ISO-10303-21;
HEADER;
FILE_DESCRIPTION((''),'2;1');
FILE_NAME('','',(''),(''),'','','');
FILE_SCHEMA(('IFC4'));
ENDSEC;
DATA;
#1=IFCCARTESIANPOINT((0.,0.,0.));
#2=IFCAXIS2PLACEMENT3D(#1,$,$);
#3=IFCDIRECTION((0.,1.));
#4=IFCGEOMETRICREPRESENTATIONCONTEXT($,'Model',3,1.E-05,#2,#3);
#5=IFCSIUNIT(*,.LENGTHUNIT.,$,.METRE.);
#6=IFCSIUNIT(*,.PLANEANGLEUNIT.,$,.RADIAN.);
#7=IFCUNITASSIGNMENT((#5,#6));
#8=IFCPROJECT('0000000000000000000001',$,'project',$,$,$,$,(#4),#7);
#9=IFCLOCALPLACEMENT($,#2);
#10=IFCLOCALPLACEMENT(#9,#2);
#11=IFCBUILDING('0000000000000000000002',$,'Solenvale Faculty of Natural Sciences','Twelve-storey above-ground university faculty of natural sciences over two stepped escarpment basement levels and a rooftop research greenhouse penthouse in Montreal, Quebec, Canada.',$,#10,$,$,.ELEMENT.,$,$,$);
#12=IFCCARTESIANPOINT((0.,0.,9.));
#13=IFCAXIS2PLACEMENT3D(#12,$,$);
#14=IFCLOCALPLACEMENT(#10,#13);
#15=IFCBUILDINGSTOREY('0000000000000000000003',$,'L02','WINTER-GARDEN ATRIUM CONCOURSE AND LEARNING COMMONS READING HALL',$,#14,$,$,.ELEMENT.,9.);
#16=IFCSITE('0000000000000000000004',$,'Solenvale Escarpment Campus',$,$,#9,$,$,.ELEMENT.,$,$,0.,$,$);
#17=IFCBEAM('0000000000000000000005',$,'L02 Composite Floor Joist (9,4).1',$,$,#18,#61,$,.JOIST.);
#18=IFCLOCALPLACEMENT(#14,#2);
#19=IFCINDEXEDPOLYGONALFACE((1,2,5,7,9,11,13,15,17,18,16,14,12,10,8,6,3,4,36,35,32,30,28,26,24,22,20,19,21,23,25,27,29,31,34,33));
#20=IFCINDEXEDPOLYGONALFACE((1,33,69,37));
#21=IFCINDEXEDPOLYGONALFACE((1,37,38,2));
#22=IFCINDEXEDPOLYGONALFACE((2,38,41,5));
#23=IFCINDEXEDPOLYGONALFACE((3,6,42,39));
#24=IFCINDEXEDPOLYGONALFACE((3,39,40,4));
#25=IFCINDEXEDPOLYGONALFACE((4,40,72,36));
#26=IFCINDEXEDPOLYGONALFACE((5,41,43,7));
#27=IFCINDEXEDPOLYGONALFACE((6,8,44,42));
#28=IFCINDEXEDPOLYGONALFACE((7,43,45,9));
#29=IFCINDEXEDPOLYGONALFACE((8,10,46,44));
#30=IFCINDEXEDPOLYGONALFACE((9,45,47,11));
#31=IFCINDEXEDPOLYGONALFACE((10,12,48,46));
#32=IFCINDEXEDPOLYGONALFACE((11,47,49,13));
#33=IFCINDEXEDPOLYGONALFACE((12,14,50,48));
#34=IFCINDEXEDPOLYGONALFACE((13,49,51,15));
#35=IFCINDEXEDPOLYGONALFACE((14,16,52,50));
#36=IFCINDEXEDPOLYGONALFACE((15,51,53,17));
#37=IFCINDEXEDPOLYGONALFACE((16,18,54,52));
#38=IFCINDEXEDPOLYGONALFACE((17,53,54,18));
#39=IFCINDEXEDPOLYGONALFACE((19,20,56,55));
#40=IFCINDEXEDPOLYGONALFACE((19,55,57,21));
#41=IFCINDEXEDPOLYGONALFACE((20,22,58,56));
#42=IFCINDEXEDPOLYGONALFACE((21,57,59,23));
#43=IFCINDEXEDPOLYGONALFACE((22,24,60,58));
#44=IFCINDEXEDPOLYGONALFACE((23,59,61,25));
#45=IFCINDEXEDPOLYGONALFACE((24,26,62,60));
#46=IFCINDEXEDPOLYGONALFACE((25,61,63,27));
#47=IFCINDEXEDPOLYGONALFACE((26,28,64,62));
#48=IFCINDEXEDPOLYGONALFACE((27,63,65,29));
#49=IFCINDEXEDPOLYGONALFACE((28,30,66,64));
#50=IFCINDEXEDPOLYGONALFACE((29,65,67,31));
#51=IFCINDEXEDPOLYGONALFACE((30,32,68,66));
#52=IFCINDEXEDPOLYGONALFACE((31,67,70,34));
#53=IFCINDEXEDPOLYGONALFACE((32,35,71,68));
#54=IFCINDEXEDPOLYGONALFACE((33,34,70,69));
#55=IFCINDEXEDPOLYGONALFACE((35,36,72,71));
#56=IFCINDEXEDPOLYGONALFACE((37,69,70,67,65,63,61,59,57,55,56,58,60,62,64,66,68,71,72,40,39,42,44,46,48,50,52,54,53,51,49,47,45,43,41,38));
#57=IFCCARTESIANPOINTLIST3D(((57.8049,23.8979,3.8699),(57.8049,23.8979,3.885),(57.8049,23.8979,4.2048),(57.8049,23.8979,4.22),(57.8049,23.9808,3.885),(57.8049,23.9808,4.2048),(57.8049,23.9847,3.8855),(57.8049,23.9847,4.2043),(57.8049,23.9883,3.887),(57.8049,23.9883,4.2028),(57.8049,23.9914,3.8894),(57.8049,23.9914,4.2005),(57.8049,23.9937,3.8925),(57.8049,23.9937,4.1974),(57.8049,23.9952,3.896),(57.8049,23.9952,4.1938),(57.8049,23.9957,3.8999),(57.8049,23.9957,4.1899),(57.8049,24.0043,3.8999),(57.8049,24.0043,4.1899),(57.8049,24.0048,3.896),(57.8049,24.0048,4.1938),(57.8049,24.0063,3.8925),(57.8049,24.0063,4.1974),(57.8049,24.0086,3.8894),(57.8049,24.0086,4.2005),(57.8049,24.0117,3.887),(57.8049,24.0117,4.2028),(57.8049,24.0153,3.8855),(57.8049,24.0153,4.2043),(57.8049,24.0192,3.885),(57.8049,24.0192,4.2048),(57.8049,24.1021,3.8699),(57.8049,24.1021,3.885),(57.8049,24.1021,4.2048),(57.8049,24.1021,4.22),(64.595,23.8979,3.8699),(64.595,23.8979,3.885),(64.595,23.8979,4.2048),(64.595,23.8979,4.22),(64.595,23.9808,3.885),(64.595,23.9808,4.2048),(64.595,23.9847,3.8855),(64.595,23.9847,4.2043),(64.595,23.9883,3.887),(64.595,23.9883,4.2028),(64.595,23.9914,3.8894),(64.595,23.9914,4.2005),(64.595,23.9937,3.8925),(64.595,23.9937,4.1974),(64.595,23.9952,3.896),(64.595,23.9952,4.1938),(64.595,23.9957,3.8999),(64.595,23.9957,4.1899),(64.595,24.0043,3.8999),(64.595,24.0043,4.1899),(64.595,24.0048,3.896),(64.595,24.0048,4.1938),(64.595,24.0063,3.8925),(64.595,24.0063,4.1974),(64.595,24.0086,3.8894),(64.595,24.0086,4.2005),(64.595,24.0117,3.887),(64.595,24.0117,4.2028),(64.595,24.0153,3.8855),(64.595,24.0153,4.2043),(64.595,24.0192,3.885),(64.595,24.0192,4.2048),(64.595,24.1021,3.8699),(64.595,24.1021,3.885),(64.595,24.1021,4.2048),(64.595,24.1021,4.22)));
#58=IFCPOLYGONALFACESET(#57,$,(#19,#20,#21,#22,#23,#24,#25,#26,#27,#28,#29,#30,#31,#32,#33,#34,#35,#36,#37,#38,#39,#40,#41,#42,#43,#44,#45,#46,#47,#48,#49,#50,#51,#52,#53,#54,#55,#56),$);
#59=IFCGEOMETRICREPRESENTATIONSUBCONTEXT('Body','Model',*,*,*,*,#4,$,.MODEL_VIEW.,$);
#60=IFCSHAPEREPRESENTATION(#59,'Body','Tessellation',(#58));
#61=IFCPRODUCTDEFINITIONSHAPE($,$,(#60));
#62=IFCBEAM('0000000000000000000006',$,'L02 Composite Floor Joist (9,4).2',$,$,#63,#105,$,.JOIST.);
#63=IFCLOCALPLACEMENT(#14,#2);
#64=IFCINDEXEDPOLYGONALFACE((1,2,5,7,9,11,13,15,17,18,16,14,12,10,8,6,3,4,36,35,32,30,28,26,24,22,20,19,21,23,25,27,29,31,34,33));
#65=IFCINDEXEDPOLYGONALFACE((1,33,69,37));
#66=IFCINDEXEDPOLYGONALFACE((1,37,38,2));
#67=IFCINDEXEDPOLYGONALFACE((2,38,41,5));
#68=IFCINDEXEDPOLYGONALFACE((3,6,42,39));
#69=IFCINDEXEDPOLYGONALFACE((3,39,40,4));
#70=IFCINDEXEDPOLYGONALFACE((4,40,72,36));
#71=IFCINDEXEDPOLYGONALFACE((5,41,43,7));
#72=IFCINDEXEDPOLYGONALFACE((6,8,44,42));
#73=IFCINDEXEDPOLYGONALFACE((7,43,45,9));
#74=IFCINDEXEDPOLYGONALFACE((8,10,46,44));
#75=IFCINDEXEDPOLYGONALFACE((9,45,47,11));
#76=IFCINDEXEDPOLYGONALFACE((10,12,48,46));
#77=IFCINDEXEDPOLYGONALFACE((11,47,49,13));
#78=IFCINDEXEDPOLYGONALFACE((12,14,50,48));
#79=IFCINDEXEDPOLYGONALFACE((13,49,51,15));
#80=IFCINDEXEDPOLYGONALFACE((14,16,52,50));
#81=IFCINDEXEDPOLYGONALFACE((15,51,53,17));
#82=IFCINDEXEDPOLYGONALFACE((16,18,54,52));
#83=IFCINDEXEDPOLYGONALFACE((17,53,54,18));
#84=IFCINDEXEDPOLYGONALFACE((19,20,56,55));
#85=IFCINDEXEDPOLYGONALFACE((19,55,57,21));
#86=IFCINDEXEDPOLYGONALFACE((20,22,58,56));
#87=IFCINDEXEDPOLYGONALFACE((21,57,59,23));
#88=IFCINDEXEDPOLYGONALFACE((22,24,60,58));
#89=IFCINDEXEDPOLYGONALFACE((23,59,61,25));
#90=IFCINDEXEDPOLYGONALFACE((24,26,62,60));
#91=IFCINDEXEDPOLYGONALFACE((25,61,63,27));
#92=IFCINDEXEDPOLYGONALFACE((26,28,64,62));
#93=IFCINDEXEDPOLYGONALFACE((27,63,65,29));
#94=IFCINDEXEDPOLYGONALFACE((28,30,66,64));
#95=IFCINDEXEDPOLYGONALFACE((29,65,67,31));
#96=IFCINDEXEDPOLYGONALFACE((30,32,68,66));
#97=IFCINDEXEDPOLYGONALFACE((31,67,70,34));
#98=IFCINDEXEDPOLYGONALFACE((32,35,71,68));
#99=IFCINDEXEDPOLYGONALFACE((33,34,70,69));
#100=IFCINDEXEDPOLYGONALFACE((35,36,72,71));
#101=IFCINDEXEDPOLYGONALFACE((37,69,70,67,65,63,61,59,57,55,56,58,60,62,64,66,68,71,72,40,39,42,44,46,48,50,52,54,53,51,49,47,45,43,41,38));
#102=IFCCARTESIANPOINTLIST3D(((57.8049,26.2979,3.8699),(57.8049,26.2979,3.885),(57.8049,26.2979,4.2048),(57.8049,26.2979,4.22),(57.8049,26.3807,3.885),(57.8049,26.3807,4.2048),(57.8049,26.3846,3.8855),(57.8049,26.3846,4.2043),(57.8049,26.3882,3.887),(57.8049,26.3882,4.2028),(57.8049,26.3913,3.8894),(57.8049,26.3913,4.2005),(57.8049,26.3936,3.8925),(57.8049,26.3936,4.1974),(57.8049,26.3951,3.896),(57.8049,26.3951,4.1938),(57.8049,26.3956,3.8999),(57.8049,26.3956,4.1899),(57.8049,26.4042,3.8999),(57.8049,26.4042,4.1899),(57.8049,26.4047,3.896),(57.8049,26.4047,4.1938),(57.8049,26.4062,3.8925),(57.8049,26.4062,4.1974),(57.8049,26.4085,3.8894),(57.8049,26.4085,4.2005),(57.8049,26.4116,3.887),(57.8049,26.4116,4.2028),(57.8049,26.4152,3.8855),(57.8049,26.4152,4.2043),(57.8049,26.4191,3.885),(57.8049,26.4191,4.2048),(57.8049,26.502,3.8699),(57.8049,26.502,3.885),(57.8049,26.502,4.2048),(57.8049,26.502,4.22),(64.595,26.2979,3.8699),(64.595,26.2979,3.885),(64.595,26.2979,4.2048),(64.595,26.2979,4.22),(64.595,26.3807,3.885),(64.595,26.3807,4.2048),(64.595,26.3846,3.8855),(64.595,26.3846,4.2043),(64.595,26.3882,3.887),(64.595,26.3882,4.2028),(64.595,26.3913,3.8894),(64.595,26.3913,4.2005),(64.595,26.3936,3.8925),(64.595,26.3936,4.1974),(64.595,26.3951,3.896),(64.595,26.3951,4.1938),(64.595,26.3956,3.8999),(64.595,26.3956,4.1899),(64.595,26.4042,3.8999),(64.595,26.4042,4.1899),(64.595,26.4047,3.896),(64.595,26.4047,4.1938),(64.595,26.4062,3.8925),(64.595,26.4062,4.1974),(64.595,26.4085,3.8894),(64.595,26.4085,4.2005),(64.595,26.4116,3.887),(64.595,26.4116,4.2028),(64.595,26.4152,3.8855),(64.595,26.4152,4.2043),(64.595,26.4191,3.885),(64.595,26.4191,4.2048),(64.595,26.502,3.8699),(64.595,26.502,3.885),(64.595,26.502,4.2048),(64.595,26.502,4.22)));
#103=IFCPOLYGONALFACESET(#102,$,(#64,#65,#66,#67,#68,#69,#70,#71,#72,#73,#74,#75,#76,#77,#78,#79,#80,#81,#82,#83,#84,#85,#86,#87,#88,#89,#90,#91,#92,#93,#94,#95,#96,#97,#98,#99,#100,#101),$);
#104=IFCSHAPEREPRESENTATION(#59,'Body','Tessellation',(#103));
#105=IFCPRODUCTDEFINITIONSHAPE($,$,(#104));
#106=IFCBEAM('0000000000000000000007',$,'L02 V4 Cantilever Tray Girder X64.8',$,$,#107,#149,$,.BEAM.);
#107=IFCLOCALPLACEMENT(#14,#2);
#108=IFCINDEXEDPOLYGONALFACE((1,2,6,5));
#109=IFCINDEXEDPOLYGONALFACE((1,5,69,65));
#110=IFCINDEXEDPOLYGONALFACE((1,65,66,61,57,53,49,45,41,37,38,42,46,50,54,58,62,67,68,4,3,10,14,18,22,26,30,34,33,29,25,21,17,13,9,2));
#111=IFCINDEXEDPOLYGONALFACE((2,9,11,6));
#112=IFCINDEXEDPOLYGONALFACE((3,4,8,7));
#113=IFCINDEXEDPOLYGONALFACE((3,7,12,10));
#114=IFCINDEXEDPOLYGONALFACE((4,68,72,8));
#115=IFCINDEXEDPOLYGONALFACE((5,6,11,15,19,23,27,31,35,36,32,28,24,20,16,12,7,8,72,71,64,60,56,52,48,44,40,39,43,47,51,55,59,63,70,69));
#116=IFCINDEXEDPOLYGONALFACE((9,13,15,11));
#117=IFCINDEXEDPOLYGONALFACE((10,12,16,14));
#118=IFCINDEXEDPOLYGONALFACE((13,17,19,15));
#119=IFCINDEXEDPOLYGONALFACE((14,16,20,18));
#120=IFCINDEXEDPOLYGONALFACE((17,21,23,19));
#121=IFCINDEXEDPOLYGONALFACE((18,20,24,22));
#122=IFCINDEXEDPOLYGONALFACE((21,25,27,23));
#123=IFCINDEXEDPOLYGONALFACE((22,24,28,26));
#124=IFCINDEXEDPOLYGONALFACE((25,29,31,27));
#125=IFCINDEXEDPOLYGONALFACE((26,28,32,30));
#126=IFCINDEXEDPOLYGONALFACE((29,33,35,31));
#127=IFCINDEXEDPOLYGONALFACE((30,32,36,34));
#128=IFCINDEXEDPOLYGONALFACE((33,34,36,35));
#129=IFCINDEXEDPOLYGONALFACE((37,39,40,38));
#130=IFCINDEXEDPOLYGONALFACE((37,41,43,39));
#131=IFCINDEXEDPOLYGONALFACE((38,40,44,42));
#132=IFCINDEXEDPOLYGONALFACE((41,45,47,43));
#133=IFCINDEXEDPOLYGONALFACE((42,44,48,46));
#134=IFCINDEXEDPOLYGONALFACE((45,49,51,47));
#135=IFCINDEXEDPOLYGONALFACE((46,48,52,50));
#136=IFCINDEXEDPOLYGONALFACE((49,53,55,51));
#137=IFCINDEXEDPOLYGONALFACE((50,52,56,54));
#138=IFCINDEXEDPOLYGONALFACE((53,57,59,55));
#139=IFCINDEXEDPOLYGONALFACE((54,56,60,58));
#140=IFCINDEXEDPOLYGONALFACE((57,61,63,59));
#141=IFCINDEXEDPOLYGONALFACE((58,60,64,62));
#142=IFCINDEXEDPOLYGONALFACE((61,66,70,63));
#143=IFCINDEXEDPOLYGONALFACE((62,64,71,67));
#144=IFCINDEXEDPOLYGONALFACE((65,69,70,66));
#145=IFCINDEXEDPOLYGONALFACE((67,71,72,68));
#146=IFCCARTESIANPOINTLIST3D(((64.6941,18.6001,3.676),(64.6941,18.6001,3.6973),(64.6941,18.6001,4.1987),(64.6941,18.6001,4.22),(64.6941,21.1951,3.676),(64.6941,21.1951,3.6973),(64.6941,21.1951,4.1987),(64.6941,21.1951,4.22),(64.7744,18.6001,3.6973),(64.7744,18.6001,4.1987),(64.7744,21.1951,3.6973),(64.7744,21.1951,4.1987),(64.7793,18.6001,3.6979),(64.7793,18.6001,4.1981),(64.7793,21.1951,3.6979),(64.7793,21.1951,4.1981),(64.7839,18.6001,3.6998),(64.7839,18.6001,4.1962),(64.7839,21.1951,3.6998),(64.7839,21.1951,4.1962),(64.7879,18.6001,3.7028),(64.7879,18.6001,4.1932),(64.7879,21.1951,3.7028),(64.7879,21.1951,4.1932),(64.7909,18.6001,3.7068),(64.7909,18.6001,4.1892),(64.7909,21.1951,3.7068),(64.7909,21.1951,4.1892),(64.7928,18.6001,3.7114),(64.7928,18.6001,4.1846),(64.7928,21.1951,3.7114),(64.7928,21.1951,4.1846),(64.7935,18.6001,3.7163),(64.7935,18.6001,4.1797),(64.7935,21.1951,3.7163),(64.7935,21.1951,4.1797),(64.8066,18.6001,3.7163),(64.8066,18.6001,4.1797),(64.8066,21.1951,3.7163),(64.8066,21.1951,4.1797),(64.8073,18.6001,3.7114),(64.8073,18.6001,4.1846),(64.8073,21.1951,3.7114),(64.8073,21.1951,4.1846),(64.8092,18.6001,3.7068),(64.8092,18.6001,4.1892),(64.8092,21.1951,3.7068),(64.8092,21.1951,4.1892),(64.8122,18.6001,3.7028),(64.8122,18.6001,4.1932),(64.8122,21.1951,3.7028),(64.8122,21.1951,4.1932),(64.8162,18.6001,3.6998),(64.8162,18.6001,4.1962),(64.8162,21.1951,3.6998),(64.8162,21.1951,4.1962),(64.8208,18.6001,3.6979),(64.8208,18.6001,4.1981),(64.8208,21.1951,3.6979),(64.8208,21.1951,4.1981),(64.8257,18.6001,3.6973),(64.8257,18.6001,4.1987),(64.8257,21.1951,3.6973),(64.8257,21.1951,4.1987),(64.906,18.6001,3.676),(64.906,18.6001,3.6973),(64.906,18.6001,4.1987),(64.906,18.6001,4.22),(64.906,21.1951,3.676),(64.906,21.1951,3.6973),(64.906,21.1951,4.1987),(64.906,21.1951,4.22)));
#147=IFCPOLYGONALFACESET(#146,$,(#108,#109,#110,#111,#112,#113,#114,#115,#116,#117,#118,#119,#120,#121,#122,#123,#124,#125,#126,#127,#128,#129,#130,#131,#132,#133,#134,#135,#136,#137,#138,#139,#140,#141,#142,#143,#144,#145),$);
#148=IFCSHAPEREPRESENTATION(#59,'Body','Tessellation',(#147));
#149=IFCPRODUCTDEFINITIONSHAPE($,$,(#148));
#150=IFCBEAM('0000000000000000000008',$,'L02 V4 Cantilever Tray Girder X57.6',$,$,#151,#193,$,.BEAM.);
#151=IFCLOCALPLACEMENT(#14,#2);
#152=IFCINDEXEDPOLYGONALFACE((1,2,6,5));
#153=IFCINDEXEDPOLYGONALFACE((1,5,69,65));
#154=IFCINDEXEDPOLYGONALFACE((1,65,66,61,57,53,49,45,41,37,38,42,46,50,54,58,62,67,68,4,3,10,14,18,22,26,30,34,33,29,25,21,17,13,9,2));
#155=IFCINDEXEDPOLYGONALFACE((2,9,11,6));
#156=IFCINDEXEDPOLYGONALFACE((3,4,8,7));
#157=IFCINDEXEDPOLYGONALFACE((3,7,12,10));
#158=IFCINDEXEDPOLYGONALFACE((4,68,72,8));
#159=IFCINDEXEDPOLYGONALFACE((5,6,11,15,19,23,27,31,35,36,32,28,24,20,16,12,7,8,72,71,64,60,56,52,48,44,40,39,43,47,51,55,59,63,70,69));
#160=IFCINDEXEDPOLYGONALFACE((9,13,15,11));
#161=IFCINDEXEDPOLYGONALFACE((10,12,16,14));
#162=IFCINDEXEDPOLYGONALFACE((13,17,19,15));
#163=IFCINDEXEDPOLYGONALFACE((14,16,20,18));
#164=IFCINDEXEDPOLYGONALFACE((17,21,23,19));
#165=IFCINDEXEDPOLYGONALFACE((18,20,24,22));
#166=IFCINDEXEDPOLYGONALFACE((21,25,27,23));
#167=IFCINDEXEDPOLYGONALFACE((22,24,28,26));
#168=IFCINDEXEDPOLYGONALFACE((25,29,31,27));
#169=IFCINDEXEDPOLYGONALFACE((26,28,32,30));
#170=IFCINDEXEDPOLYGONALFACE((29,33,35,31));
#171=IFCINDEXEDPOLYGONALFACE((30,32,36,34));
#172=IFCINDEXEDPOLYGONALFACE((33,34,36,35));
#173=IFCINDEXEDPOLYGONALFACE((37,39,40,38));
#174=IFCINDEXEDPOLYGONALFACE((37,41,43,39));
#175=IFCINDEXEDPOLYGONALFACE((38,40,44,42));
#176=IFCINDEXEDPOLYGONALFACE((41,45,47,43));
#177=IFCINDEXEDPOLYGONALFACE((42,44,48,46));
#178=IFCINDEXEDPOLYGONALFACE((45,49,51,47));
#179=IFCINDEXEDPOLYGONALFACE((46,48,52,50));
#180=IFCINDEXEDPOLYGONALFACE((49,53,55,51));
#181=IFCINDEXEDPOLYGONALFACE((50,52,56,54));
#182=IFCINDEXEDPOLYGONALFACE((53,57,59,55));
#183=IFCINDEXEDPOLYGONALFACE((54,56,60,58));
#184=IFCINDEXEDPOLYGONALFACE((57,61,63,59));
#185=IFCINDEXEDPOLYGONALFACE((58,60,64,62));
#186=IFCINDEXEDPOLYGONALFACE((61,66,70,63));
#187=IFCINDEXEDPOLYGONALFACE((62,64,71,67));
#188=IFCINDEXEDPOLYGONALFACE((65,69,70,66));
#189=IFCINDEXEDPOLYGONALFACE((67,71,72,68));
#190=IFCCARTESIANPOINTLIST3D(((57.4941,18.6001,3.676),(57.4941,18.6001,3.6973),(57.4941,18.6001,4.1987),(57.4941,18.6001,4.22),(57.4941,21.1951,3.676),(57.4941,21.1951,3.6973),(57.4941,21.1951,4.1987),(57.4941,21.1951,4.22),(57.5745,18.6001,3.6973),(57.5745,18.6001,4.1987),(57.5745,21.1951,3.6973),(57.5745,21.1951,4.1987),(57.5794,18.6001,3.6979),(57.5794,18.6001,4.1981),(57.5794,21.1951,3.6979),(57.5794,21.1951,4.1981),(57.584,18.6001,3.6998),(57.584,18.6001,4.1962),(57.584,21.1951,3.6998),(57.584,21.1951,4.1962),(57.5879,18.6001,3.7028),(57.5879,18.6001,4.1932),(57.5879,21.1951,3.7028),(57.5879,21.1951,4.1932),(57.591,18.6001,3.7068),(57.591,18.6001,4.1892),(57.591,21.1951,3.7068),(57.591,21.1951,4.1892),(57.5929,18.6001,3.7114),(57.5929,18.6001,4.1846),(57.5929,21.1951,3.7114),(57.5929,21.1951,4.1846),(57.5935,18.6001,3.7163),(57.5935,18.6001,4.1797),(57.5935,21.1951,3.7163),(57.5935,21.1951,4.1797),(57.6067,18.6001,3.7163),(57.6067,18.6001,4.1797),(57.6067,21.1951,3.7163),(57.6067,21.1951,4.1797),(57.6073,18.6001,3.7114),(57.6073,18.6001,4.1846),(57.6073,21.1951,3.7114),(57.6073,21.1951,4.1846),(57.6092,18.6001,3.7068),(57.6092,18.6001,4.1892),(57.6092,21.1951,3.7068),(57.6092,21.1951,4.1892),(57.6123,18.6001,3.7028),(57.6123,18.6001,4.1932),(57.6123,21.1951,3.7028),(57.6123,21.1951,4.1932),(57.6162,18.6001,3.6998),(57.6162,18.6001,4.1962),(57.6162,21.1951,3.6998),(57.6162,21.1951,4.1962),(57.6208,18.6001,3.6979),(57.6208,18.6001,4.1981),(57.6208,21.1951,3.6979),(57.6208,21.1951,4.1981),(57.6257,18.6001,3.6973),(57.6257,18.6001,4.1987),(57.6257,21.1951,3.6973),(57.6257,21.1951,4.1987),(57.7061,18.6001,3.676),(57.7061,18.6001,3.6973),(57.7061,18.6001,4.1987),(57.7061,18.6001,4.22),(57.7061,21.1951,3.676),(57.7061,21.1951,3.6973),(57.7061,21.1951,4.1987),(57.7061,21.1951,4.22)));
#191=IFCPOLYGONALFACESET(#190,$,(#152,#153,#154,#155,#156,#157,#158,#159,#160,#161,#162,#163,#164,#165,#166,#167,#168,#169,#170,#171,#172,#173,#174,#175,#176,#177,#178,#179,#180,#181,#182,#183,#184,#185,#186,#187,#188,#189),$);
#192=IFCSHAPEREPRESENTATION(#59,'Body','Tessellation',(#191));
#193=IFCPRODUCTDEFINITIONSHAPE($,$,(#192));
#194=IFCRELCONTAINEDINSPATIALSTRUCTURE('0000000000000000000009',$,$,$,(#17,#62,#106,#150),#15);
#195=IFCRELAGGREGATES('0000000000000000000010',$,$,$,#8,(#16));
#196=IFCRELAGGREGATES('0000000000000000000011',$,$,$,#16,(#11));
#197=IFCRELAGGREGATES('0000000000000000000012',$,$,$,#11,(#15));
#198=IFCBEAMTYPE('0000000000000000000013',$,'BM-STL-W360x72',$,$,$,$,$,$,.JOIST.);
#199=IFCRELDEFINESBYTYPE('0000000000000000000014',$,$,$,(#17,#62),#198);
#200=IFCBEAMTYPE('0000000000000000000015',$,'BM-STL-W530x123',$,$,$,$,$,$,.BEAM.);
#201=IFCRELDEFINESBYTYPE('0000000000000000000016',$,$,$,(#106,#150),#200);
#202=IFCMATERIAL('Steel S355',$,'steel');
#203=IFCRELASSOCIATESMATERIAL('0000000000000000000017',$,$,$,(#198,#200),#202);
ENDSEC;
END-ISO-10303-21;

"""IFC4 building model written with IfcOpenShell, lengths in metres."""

from ifc_helpers import new_model, si_unit, direction, frame, origin, origin_2d, place, context, subcontext, project, spatial, i_section, extrude, material, material_profile, profile_set, type_object, element, save


model = new_model("IFC4")

# Units and contexts
model_context = context("Model", 3, precision=1e-05, world=origin(), true_north=direction((0.0, 1.0)))
body_context = subcontext(model_context, "Body", "Model", "MODEL_VIEW")
ifc_project = project(units=[si_unit("LENGTHUNIT", "METRE"), si_unit("PLANEANGLEUNIT", "RADIAN")], contexts=[model_context])

# Site, building, storey
site_placement = place(None, origin())
site = spatial("IfcSite", under=ifc_project, at=site_placement, Name="Solenvale Escarpment Campus", CompositionType="ELEMENT", RefElevation=0.0)
building_placement = place(site_placement, origin())
building = spatial("IfcBuilding", under=site, at=building_placement, Name="Solenvale Faculty of Natural Sciences", Description="Twelve-storey above-ground university faculty of natural sciences over two stepped escarpment basement levels and a rooftop research greenhouse penthouse in Montreal, Quebec, Canada.", CompositionType="ELEMENT")
storey_placement = place(building_placement, frame((0.0, 0.0, 9.0)))
storey = spatial("IfcBuildingStorey", under=building, at=storey_placement, Name="L02", Description="WINTER-GARDEN ATRIUM CONCOURSE AND LEARNING COMMONS READING HALL", CompositionType="ELEMENT", Elevation=9.0)

# Beams
ifc_material_1 = material(Name="Steel S355", Category="steel")
ifc_material_profile_1 = material_profile(ifc_material_1, i_section(OverallWidth=0.2041, OverallDepth=0.3501, WebThickness=0.0085, FlangeThickness=0.0151, FilletRadius=0.0149, at=origin_2d()), Name="W360x72")
ifc_profile_set_1 = profile_set([ifc_material_profile_1], Name="Steel S355")
beam_type_1 = type_object("IfcBeamType", Name="BM-STL-W360x72", PredefinedType="JOIST", material=ifc_profile_set_1)
for number, where, z_axis, x_axis, name in (
    (1, (57.8049, 24.0, 4.0449), (1.0, 0.0, 0.0), (0.0, 1.0, 0.0), "L02 Composite Floor Joist (9,4).1"),
    (2, (57.8049, 26.3999, 4.0449), (1.0, 0.0, 0.0), (0.0, 1.0, 0.0), "L02 Composite Floor Joist (9,4).2"),
):
    element("IfcBeam", number, at=place(storey_placement, frame(where, z_axis=z_axis, x_axis=x_axis)), inside=storey, type_object=beam_type_1, Name=name, PredefinedType="JOIST", context=body_context, shape_type="SweptSolid", body=[
        extrude(i_section(OverallWidth=0.2041, OverallDepth=0.3501, WebThickness=0.0085, FlangeThickness=0.0151, FilletRadius=0.0149, at=origin_2d()), origin(), (0.0, 0.0, 1.0), 6.79),
    ])
ifc_material_profile_2 = material_profile(ifc_material_1, i_section(OverallWidth=0.2119, OverallDepth=0.5439, WebThickness=0.0132, FlangeThickness=0.0212, FilletRadius=0.019, at=origin_2d()), Name="W530x123")
ifc_profile_set_2 = profile_set([ifc_material_profile_2], Name="Steel S355")
beam_type_2 = type_object("IfcBeamType", Name="BM-STL-W530x123", PredefinedType="BEAM", material=ifc_profile_set_2)
for number, where, z_axis, x_axis, name in (
    (3, (64.8, 21.1951, 3.948), (0.0, -1.0, 0.0), (1.0, 0.0, 0.0), "L02 V4 Cantilever Tray Girder X64.8"),
    (4, (57.6001, 21.1951, 3.948), (0.0, -1.0, 0.0), (1.0, 0.0, 0.0), "L02 V4 Cantilever Tray Girder X57.6"),
):
    element("IfcBeam", number, at=place(storey_placement, frame(where, z_axis=z_axis, x_axis=x_axis)), inside=storey, type_object=beam_type_2, Name=name, PredefinedType="BEAM", context=body_context, shape_type="SweptSolid", body=[
        extrude(i_section(OverallWidth=0.2119, OverallDepth=0.5439, WebThickness=0.0132, FlangeThickness=0.0212, FilletRadius=0.019, at=origin_2d()), origin(), (0.0, 0.0, 1.0), 2.595),
    ])

save(model, "model.ifc")
